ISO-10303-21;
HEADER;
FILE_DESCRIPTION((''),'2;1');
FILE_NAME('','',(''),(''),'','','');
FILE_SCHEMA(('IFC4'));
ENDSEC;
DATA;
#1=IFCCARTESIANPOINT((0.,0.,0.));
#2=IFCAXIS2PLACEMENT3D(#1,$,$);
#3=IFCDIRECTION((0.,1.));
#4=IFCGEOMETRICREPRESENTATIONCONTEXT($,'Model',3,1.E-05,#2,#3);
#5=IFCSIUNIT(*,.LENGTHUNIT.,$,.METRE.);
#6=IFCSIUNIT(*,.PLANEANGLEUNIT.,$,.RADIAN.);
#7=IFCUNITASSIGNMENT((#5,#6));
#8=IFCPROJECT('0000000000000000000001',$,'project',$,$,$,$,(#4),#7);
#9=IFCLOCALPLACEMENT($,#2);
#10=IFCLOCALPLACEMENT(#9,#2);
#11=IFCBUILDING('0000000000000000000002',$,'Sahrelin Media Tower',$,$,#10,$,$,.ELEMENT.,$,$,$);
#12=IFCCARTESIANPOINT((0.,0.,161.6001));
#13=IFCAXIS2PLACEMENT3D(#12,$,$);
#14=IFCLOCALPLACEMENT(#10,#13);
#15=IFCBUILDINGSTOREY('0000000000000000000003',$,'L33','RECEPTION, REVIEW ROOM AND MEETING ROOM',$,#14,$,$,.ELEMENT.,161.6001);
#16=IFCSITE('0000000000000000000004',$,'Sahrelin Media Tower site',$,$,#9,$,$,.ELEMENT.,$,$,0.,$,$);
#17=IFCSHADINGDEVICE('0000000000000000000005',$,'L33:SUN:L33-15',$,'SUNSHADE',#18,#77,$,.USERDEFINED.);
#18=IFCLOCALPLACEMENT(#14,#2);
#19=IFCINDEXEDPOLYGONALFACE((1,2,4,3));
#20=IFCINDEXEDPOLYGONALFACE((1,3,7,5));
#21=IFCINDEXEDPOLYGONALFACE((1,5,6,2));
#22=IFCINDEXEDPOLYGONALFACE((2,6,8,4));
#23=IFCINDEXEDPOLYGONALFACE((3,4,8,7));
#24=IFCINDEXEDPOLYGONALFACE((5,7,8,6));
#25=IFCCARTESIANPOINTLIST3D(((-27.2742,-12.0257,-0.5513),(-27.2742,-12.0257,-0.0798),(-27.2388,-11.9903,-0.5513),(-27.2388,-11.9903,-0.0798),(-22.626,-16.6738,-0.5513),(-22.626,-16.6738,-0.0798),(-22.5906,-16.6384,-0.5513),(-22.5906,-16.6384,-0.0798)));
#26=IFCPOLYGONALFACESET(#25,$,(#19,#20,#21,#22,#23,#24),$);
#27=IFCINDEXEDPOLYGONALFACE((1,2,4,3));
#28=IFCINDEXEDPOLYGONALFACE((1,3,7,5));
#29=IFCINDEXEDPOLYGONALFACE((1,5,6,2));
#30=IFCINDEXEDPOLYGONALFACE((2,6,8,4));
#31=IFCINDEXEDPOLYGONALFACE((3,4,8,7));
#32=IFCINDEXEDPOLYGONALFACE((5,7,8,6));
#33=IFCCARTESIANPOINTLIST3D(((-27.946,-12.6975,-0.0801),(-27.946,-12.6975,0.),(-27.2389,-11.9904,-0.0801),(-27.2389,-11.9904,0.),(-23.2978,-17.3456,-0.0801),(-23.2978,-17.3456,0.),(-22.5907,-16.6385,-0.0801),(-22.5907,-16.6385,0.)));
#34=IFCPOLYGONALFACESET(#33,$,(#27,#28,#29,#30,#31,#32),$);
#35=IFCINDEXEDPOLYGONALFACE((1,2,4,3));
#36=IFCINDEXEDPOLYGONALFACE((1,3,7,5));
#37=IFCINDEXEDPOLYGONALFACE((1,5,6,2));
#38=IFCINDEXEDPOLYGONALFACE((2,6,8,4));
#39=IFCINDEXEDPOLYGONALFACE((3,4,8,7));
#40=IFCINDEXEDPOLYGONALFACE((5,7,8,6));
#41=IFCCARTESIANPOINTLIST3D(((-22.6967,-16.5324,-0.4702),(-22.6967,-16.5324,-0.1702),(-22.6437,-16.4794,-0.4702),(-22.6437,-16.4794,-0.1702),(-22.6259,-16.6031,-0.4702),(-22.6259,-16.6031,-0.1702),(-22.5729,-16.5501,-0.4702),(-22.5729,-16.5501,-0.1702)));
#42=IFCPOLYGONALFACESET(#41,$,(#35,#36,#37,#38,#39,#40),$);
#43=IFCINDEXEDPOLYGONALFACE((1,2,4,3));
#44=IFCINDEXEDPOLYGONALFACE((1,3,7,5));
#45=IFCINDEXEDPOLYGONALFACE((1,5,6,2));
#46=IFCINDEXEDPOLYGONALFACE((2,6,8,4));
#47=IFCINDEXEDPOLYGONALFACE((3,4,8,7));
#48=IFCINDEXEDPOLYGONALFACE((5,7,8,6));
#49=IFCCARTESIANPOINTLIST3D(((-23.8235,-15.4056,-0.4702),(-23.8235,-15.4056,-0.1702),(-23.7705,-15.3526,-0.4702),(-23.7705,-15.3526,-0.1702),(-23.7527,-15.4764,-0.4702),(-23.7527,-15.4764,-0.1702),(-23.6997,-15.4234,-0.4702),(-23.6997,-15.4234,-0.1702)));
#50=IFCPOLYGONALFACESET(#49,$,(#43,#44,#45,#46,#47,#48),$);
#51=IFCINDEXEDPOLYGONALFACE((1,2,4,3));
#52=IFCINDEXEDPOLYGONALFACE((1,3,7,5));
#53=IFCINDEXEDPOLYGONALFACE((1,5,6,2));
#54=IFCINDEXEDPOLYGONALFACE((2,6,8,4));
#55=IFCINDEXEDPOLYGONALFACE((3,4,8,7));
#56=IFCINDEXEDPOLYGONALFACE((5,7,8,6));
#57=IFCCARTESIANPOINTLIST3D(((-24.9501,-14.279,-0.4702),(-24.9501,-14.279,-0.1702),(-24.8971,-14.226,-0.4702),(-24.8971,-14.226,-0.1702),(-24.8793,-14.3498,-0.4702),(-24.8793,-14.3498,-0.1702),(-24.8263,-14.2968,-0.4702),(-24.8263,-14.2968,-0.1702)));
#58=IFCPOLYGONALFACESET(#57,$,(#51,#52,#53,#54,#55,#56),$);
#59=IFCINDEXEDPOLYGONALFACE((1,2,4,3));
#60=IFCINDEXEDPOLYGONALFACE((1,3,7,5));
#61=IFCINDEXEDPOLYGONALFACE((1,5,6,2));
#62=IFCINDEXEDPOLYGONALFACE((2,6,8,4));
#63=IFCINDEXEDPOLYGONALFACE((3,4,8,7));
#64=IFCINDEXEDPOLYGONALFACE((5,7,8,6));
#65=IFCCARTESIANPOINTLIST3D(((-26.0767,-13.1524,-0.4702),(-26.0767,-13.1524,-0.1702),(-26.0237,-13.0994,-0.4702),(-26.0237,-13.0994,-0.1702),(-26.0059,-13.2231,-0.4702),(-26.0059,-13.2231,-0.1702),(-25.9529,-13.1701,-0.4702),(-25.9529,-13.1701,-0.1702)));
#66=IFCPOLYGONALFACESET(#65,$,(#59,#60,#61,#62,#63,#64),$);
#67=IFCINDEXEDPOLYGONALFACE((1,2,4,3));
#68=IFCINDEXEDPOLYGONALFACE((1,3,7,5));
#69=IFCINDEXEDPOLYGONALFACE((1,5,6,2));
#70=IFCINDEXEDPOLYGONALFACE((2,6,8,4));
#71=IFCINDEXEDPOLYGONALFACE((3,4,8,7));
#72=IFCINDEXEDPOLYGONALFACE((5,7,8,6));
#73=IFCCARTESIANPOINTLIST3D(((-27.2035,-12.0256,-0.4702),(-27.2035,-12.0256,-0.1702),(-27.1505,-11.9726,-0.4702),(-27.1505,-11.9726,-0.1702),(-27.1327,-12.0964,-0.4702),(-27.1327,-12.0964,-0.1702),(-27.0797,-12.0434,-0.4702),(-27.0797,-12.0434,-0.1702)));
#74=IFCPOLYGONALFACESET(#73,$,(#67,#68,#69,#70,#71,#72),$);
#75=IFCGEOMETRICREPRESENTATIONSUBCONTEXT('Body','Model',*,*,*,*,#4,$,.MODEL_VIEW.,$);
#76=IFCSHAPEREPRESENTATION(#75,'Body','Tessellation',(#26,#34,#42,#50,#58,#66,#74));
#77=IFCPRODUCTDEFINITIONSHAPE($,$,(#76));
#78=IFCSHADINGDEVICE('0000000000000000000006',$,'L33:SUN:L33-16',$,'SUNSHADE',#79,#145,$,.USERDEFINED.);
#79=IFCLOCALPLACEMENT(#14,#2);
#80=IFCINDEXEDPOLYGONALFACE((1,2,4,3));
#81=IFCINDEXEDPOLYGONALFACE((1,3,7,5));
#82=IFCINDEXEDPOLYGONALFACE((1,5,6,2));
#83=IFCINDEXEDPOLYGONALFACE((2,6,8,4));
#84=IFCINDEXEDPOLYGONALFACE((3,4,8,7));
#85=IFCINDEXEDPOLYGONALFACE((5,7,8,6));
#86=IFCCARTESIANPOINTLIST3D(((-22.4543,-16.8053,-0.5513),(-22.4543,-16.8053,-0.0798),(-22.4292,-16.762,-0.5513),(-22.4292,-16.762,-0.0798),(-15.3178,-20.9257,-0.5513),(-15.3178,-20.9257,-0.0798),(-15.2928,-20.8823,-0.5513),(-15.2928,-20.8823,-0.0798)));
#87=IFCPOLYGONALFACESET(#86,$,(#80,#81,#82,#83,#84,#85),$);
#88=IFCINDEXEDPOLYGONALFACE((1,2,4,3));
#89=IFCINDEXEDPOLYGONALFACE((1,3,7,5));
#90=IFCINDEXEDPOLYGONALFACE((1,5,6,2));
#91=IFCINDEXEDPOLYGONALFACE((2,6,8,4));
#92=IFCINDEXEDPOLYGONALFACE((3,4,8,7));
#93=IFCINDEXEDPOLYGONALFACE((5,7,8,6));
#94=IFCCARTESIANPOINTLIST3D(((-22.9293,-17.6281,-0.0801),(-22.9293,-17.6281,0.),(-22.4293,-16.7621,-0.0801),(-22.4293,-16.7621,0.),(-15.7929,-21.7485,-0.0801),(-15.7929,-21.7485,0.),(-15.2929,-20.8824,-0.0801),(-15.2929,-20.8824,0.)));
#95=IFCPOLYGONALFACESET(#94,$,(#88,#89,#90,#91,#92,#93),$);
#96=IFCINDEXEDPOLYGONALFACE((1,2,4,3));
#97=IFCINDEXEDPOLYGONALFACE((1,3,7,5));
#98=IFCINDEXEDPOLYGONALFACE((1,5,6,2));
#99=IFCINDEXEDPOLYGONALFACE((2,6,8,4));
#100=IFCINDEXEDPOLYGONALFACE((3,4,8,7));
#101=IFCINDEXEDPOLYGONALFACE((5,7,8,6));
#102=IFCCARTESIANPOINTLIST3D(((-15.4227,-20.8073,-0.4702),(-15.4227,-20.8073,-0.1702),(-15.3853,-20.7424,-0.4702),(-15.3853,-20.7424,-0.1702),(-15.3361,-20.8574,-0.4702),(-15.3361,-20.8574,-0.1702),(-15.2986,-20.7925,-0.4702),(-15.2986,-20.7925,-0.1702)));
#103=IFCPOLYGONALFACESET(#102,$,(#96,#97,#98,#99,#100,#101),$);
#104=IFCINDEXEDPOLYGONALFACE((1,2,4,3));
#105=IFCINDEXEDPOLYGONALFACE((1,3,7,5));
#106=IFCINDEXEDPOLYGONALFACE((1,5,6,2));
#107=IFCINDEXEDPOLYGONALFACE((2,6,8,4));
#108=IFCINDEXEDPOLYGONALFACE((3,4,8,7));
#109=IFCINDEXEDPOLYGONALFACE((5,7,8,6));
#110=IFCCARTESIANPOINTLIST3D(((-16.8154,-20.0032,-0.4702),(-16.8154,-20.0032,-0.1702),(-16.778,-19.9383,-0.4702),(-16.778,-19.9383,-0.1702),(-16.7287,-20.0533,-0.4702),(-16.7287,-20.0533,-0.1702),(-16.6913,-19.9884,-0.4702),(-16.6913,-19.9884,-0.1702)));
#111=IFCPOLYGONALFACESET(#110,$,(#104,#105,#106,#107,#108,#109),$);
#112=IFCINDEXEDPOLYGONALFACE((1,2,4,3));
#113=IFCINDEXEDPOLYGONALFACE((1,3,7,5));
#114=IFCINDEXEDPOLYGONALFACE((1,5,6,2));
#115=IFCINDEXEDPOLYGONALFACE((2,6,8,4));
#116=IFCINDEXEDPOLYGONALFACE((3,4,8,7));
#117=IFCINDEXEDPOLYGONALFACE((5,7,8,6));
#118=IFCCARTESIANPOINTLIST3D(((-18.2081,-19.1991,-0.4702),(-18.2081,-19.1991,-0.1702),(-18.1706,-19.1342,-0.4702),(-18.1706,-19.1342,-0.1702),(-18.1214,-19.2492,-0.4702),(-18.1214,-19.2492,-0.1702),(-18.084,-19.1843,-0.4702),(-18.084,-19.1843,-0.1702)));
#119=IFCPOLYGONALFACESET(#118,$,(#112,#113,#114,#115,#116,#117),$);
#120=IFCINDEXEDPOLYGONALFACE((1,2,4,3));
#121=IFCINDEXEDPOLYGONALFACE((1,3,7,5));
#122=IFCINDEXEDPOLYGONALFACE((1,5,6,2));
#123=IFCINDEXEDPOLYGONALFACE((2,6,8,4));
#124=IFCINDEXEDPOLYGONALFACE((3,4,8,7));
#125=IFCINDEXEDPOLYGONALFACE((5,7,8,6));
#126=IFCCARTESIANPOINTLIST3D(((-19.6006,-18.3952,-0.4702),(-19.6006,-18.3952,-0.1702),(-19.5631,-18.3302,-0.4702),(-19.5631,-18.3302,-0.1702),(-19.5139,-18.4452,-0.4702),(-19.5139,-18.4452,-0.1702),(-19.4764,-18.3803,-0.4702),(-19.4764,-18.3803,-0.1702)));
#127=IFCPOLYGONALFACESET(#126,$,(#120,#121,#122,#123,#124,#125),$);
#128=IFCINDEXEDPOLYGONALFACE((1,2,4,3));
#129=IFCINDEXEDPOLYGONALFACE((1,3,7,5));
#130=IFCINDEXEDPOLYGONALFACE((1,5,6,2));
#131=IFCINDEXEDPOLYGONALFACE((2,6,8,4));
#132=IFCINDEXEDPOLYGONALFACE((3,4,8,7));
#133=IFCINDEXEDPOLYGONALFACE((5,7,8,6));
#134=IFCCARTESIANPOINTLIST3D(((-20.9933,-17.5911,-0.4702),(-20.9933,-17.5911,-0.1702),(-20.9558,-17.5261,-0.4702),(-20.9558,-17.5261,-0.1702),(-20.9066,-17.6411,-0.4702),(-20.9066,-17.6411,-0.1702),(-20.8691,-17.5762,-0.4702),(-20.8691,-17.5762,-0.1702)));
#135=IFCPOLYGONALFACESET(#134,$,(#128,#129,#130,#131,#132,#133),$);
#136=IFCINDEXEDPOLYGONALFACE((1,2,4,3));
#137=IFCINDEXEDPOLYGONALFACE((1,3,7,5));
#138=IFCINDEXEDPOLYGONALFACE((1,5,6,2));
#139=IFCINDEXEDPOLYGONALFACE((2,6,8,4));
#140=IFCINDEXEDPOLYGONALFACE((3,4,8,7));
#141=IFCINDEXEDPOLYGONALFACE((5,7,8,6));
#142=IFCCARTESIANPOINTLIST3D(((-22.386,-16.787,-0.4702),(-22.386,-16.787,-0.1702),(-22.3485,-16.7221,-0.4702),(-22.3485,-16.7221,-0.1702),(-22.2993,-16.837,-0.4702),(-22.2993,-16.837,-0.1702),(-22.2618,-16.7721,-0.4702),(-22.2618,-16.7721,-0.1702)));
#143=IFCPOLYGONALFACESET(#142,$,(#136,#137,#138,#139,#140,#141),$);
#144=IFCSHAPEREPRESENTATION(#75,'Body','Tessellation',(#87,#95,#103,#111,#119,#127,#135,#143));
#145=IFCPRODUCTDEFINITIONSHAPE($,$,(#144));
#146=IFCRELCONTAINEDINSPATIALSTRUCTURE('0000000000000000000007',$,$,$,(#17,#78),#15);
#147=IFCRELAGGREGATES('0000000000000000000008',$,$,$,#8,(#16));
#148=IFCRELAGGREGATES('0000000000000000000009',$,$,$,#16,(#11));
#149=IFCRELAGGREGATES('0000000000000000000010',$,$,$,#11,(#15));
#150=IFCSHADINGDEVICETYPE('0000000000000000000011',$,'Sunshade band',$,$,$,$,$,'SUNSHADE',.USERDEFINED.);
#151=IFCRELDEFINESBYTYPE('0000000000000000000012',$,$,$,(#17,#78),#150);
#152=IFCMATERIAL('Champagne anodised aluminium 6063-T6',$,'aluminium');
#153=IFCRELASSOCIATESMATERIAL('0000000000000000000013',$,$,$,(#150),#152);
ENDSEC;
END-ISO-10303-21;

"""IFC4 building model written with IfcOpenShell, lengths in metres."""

from ifc_helpers import new_model, si_unit, direction, frame, origin, origin_2d, place, context, subcontext, project, spatial, rectangle, extrude, material, type_object, element, save


model = new_model("IFC4")

# Units and contexts
model_context = context("Model", 3, precision=1e-05, world=origin(), true_north=direction((0.0, 1.0)))
body_context = subcontext(model_context, "Body", "Model", "MODEL_VIEW")
ifc_project = project(units=[si_unit("LENGTHUNIT", "METRE"), si_unit("PLANEANGLEUNIT", "RADIAN")], contexts=[model_context])

# Site, building, storey
site_placement = place(None, origin())
site = spatial("IfcSite", under=ifc_project, at=site_placement, Name="Sahrelin Media Tower site", CompositionType="ELEMENT", RefElevation=0.0)
building_placement = place(site_placement, origin())
building = spatial("IfcBuilding", under=site, at=building_placement, Name="Sahrelin Media Tower", CompositionType="ELEMENT")
storey_placement = place(building_placement, frame((0.0, 0.0, 161.6001)))
storey = spatial("IfcBuildingStorey", under=building, at=storey_placement, Name="L33", Description="RECEPTION, REVIEW ROOM AND MEETING ROOM", CompositionType="ELEMENT", Elevation=161.6001)

# Shared definitions
ifc_material_1 = material(Name="Champagne anodised aluminium 6063-T6", Category="aluminium")

# Shading devices
placement_1 = place(storey_placement, frame((-24.9006, -14.3003, 0.0), z_axis=(0.0, 0.0, 1.0), x_axis=(-0.707107, 0.707107, 0.0)))
placement_2 = place(storey_placement, frame((-18.8511, -18.8049, 0.0), z_axis=(0.0, 0.0, 1.0), x_axis=(-0.866019, 0.500011, 0.0)))
shading_device_type_1 = type_object("IfcShadingDeviceType", Name="Sunshade band", ElementType="SUNSHADE", PredefinedType="USERDEFINED", material=ifc_material_1)
element("IfcShadingDevice", 1, at=placement_1, inside=storey, type_object=shading_device_type_1, Name="L33:SUN:L33-15", ObjectType="SUNSHADE", PredefinedType="USERDEFINED", context=body_context, shape_type="SweptSolid", body=[
    extrude(rectangle(XDim=6.5735, YDim=0.05, at=origin_2d()), frame((0.0, 0.0449, -0.5513)), (0.0, 0.0, 1.0), 0.4714),
    extrude(rectangle(XDim=6.5735, YDim=1.0, at=origin_2d()), frame((0.0, 0.52, -0.0801)), (0.0, 0.0, 1.0), 0.0801),
    extrude(rectangle(XDim=0.1001, YDim=0.075, at=origin_2d()), frame((-3.1868, -0.0176, -0.4702)), (0.0, 0.0, 1.0), 0.3),
    extrude(rectangle(XDim=0.1001, YDim=0.075, at=origin_2d()), frame((-1.5933, -0.0176, -0.4702)), (0.0, 0.0, 1.0), 0.3),
    extrude(rectangle(XDim=0.1001, YDim=0.075, at=origin_2d()), frame((0.0, -0.0176, -0.4702)), (0.0, 0.0, 1.0), 0.3),
    extrude(rectangle(XDim=0.1001, YDim=0.075, at=origin_2d()), frame((1.5933, -0.0176, -0.4702)), (0.0, 0.0, 1.0), 0.3),
    extrude(rectangle(XDim=0.1001, YDim=0.075, at=origin_2d()), frame((3.1868, -0.0176, -0.4702)), (0.0, 0.0, 1.0), 0.3),
])
element("IfcShadingDevice", 2, at=placement_2, inside=storey, type_object=shading_device_type_1, Name="L33:SUN:L33-16", ObjectType="SUNSHADE", PredefinedType="USERDEFINED", context=body_context, shape_type="SweptSolid", body=[
    extrude(rectangle(XDim=8.2405, YDim=0.05, at=origin_2d()), frame((0.0, 0.0449, -0.5513)), (0.0, 0.0, 1.0), 0.4714),
    extrude(rectangle(XDim=8.2405, YDim=1.0, at=origin_2d()), frame((0.0, 0.52, -0.0801)), (0.0, 0.0, 1.0), 0.0801),
    extrude(rectangle(XDim=0.1001, YDim=0.075, at=origin_2d()), frame((-4.0203, -0.0176, -0.4702)), (0.0, 0.0, 1.0), 0.3),
    extrude(rectangle(XDim=0.1001, YDim=0.075, at=origin_2d()), frame((-2.4121, -0.0176, -0.4702)), (0.0, 0.0, 1.0), 0.3),
    extrude(rectangle(XDim=0.1001, YDim=0.075, at=origin_2d()), frame((-0.804, -0.0176, -0.4702)), (0.0, 0.0, 1.0), 0.3),
    extrude(rectangle(XDim=0.1001, YDim=0.075, at=origin_2d()), frame((0.804, -0.0176, -0.4702)), (0.0, 0.0, 1.0), 0.3),
    extrude(rectangle(XDim=0.1001, YDim=0.075, at=origin_2d()), frame((2.4121, -0.0176, -0.4702)), (0.0, 0.0, 1.0), 0.3),
    extrude(rectangle(XDim=0.1001, YDim=0.075, at=origin_2d()), frame((4.0203, -0.0176, -0.4702)), (0.0, 0.0, 1.0), 0.3),
])

save(model, "model.ifc")
